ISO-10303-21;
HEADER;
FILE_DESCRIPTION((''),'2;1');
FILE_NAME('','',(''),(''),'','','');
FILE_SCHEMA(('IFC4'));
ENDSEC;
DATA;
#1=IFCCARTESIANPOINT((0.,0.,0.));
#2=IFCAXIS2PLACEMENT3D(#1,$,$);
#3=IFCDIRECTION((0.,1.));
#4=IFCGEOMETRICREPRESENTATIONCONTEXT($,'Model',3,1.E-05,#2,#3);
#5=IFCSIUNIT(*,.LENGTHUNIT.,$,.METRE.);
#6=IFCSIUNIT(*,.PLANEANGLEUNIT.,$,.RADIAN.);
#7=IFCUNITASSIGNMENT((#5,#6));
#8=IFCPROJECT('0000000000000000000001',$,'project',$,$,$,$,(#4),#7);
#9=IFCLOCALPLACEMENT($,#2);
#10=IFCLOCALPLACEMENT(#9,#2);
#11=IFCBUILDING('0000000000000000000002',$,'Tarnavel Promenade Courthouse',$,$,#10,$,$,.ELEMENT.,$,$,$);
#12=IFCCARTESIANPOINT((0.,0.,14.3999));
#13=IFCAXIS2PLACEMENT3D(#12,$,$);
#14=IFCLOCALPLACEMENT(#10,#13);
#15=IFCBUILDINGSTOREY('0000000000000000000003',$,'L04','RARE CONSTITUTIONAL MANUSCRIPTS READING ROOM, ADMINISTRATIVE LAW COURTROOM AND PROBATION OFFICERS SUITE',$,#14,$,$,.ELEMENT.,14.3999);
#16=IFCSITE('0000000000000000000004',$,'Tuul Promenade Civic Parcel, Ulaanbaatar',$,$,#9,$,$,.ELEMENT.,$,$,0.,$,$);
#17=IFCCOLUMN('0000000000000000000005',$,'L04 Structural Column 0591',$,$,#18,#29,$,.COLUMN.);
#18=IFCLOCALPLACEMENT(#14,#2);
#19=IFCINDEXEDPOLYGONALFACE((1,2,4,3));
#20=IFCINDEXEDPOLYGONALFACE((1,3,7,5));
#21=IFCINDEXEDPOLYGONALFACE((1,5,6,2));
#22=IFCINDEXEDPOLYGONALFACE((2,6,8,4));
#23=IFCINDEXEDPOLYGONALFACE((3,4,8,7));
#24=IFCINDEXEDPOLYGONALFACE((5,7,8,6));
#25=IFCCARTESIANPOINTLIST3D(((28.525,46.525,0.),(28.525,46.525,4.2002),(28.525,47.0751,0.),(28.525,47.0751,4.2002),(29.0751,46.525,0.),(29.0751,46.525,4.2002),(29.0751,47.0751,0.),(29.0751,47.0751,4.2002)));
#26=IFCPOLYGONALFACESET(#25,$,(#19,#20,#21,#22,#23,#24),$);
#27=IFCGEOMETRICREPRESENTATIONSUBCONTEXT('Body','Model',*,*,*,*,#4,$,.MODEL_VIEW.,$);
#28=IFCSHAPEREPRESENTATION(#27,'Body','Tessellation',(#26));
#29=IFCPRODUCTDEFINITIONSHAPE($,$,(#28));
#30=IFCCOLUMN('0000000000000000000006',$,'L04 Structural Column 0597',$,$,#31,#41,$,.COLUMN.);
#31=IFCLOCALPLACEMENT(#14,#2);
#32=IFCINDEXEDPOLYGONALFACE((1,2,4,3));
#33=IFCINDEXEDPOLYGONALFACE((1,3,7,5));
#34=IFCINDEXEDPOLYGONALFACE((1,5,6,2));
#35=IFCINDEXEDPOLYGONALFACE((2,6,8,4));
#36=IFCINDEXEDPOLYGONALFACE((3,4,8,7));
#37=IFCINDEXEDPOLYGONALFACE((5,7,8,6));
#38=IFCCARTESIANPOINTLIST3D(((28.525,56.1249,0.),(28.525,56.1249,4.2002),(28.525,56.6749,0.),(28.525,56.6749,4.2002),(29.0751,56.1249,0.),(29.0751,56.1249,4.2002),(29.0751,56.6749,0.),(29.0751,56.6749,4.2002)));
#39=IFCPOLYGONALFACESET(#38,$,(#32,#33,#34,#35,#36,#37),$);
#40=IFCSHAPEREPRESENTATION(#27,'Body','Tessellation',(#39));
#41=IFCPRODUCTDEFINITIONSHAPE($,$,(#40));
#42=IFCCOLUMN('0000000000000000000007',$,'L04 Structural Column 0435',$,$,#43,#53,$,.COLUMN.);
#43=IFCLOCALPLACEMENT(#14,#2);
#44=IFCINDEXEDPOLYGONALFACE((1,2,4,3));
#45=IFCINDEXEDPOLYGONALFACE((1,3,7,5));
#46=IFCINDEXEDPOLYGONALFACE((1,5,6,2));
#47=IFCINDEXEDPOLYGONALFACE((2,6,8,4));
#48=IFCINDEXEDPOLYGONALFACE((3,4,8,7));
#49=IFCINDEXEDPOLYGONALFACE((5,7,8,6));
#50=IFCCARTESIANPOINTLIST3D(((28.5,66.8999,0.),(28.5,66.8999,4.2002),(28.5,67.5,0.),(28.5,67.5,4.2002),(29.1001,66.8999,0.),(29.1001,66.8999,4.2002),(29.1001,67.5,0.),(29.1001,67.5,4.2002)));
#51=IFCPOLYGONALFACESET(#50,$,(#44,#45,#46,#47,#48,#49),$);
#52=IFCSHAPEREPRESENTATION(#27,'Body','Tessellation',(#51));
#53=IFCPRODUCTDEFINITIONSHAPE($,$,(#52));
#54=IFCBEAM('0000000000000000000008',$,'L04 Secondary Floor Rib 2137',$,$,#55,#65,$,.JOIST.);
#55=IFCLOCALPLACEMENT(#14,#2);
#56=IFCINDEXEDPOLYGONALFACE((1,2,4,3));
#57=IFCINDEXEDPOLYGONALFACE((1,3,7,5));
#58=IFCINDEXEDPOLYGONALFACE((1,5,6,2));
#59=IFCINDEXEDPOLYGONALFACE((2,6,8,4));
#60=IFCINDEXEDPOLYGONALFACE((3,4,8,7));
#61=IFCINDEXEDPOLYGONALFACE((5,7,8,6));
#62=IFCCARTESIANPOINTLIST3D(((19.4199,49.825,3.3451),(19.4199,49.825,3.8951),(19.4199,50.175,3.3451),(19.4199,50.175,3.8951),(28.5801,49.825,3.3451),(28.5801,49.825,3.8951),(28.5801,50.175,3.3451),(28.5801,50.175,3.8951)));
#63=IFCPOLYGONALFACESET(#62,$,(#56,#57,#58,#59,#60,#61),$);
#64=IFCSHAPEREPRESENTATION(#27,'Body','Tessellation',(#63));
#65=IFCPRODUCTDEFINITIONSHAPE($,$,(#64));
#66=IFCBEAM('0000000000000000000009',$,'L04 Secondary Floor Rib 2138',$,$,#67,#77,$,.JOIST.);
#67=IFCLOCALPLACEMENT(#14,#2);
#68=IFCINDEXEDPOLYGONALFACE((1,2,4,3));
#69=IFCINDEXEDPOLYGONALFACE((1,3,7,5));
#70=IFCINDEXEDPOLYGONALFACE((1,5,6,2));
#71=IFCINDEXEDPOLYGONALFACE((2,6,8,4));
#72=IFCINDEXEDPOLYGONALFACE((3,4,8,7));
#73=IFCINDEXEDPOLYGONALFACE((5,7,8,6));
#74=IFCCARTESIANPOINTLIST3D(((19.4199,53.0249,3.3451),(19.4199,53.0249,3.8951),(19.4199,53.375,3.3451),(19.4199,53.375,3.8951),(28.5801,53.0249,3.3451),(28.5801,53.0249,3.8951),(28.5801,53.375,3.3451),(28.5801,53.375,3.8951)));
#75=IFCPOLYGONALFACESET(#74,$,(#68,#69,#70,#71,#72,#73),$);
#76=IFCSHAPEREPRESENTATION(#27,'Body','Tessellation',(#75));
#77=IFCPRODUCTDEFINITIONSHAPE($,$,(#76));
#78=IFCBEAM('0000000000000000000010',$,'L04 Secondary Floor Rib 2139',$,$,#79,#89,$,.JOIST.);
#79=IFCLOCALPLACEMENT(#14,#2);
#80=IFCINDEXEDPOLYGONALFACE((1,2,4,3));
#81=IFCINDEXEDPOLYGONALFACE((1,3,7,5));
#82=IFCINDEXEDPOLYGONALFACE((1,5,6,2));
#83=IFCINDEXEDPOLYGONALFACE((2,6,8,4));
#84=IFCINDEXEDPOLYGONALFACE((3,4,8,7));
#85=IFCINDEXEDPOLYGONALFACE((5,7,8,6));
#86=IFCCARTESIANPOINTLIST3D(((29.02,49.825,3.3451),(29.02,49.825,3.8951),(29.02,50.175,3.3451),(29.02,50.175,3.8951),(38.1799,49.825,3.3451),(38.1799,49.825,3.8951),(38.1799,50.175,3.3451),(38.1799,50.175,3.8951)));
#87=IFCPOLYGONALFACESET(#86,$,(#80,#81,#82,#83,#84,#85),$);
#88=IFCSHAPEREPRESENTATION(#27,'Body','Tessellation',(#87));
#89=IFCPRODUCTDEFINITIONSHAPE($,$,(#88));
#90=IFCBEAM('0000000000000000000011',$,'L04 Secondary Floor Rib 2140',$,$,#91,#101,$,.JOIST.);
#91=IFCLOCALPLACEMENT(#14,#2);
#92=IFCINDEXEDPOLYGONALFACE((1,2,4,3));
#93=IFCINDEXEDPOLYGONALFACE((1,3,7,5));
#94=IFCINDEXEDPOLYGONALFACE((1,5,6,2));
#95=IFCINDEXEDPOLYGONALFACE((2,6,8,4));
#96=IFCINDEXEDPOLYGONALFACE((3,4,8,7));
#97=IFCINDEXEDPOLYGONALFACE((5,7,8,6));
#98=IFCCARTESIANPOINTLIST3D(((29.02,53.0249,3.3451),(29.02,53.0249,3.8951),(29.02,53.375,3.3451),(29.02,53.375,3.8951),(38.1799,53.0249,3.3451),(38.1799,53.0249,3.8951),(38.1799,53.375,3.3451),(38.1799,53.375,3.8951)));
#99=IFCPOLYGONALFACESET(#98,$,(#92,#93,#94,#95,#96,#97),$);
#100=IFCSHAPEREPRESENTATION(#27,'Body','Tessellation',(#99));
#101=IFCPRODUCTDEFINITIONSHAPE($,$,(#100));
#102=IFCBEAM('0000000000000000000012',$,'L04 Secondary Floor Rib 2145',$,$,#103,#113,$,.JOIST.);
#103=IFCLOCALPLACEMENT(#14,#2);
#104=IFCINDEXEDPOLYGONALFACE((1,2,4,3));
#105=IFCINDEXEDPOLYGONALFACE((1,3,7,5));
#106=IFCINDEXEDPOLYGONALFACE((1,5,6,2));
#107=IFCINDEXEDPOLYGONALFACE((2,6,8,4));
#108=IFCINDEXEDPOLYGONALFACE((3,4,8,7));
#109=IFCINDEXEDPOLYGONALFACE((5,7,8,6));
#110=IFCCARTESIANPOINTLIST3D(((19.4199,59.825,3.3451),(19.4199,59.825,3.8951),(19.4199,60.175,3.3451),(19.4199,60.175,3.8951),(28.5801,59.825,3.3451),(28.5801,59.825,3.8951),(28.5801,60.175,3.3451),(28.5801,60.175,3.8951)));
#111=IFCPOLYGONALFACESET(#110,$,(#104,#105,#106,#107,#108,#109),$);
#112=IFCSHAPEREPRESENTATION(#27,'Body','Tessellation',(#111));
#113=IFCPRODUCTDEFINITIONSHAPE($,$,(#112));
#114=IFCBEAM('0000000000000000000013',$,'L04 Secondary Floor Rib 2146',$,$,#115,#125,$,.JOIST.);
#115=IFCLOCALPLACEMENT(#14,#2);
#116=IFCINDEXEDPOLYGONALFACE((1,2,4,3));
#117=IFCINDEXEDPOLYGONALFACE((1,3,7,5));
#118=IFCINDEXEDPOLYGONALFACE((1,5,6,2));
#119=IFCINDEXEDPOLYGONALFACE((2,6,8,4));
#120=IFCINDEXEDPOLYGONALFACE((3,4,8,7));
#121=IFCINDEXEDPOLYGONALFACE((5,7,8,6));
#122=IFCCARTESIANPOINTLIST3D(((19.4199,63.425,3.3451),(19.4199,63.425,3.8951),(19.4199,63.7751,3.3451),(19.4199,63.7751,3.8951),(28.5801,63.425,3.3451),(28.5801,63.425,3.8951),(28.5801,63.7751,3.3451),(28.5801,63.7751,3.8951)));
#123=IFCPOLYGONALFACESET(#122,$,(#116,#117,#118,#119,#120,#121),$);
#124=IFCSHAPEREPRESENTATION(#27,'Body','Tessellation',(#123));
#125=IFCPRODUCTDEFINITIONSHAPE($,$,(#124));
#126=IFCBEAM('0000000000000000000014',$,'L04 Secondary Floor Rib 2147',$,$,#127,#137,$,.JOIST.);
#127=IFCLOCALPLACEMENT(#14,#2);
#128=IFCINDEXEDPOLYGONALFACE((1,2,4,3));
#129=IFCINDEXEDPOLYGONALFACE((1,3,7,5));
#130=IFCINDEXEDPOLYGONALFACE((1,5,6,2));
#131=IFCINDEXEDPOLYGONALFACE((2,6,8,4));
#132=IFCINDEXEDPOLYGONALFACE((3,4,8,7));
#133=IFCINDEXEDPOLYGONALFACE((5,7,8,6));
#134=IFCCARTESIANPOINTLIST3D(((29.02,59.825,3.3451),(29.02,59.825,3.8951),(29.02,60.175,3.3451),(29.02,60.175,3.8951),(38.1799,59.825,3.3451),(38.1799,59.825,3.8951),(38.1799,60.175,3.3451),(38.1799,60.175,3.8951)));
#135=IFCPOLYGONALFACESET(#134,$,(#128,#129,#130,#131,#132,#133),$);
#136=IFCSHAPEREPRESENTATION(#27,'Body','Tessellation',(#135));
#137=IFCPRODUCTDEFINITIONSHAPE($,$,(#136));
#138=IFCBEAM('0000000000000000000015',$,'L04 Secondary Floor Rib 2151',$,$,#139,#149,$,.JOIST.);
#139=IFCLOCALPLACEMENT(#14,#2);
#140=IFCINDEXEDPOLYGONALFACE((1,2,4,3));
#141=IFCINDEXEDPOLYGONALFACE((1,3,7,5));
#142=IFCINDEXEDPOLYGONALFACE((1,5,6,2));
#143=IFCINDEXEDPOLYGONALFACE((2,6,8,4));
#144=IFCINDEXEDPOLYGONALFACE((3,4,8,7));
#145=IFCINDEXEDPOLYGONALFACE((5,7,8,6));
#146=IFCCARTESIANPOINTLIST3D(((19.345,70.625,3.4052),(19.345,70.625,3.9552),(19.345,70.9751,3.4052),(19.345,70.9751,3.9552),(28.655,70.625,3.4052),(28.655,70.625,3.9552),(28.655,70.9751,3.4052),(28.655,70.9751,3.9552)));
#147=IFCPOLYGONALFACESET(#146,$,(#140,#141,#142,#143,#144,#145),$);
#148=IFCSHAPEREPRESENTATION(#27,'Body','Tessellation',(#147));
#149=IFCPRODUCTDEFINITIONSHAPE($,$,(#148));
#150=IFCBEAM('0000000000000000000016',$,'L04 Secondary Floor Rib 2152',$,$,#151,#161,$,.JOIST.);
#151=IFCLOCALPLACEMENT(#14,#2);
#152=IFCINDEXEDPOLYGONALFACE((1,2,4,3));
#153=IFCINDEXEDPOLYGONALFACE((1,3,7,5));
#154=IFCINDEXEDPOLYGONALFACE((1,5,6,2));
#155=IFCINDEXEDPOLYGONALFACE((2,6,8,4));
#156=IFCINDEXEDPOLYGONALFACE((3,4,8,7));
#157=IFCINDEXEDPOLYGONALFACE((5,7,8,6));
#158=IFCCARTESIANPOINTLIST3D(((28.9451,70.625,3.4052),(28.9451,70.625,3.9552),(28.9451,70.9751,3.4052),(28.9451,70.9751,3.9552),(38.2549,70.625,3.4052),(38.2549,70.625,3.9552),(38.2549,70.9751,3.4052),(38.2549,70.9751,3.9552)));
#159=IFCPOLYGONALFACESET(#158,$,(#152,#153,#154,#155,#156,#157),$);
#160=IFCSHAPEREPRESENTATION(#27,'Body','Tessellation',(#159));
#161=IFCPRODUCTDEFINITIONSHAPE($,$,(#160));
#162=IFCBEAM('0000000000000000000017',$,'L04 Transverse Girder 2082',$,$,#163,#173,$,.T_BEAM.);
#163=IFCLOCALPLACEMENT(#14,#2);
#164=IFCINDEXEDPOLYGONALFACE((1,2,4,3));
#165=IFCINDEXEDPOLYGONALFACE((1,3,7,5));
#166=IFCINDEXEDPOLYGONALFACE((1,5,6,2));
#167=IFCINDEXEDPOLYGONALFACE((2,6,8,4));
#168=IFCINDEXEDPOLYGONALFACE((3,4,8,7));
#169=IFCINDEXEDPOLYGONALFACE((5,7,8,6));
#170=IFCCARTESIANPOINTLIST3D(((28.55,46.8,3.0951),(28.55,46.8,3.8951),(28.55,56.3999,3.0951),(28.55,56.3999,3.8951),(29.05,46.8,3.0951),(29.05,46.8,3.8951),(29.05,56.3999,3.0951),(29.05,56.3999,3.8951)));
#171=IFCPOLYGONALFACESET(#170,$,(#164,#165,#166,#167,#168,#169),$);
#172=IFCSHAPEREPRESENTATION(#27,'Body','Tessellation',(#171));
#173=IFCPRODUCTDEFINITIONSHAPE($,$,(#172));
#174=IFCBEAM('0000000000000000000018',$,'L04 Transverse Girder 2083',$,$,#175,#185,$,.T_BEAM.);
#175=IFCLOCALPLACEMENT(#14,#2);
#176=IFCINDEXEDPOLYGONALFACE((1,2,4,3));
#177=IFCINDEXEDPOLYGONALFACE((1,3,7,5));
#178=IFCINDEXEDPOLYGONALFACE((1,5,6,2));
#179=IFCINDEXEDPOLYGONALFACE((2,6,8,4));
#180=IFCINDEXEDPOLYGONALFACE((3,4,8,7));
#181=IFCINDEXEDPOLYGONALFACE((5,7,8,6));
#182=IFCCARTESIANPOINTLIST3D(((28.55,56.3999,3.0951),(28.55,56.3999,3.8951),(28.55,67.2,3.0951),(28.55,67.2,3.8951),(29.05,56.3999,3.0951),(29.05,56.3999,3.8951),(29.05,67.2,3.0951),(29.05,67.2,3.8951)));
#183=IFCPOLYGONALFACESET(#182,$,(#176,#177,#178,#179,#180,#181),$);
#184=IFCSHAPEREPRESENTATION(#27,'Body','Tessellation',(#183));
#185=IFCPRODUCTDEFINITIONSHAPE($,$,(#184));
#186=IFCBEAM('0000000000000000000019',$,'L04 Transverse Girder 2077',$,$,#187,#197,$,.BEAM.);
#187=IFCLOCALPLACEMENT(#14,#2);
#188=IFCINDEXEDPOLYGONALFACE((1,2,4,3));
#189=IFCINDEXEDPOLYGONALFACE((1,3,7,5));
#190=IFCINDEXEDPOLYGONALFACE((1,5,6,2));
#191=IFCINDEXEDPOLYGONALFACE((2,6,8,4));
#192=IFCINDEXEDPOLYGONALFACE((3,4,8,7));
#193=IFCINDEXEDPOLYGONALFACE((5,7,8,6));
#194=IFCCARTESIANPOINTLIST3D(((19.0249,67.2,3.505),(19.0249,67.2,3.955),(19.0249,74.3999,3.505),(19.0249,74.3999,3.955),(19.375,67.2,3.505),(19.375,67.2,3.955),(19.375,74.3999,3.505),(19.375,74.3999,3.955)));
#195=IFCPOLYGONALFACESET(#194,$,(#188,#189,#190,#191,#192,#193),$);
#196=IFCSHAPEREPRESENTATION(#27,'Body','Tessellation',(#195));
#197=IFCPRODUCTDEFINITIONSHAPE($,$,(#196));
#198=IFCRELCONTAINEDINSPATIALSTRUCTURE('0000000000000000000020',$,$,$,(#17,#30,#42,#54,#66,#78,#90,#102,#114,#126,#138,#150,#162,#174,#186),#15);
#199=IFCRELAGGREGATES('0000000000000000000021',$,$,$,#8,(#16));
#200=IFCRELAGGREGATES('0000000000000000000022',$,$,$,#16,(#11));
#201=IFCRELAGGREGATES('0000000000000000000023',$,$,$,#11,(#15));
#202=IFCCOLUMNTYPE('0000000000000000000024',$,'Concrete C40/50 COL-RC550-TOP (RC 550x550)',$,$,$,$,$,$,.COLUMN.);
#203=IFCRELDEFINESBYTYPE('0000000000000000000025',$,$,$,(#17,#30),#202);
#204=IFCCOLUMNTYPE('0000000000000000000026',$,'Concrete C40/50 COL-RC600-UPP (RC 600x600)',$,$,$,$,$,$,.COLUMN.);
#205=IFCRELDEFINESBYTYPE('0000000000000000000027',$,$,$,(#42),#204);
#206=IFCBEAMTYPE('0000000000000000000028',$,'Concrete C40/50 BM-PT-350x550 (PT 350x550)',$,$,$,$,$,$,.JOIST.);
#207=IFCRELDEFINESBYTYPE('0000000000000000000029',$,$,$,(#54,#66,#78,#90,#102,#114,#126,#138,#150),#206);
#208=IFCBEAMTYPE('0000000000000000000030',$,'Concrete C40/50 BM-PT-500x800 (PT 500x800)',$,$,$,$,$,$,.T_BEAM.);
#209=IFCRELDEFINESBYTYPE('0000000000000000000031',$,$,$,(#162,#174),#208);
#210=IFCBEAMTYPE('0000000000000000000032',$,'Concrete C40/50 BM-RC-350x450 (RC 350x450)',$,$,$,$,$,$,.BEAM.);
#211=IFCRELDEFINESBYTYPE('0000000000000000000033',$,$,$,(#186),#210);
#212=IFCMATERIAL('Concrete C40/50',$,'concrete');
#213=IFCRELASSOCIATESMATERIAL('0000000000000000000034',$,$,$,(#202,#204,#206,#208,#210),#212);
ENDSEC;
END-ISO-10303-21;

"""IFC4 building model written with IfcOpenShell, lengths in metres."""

from ifc_helpers import new_model, si_unit, direction, frame, origin, origin_2d, place, context, subcontext, project, spatial, rectangle, extrude, material, material_profile, profile_set, type_object, element, save


model = new_model("IFC4")

# Units and contexts
model_context = context("Model", 3, precision=1e-05, world=origin(), true_north=direction((0.0, 1.0)))
body_context = subcontext(model_context, "Body", "Model", "MODEL_VIEW")
ifc_project = project(units=[si_unit("LENGTHUNIT", "METRE"), si_unit("PLANEANGLEUNIT", "RADIAN")], contexts=[model_context])

# Site, building, storey
site_placement = place(None, origin())
site = spatial("IfcSite", under=ifc_project, at=site_placement, Name="Tuul Promenade Civic Parcel, Ulaanbaatar", CompositionType="ELEMENT", RefElevation=0.0)
building_placement = place(site_placement, origin())
building = spatial("IfcBuilding", under=site, at=building_placement, Name="Tarnavel Promenade Courthouse", CompositionType="ELEMENT")
storey_placement = place(building_placement, frame((0.0, 0.0, 14.3999)))
storey = spatial("IfcBuildingStorey", under=building, at=storey_placement, Name="L04", Description="RARE CONSTITUTIONAL MANUSCRIPTS READING ROOM, ADMINISTRATIVE LAW COURTROOM AND PROBATION OFFICERS SUITE", CompositionType="ELEMENT", Elevation=14.3999)

# Columns
ifc_material_1 = material(Name="Concrete C40/50", Category="concrete")
ifc_material_profile_1 = material_profile(ifc_material_1, rectangle(XDim=0.55, YDim=0.55, at=origin_2d()), Name="RC 550x550")
ifc_profile_set_1 = profile_set([ifc_material_profile_1], Name="Concrete C40/50")
column_type_1 = type_object("IfcColumnType", Name="Concrete C40/50 COL-RC550-TOP (RC 550x550)", PredefinedType="COLUMN", material=ifc_profile_set_1)
for number, where, z_axis, x_axis, name in (
    (1, (28.8, 46.8, 0.0), (0.0, 0.0, 1.0), (1.0, 0.0, 0.0), "L04 Structural Column 0591"),
    (2, (28.8, 56.3999, 0.0), (0.0, 0.0, 1.0), (1.0, 0.0, 0.0), "L04 Structural Column 0597"),
):
    element("IfcColumn", number, at=place(storey_placement, frame(where, z_axis=z_axis, x_axis=x_axis)), inside=storey, type_object=column_type_1, Name=name, PredefinedType="COLUMN", context=body_context, shape_type="SweptSolid", body=[
        extrude(rectangle(XDim=0.55, YDim=0.55, at=origin_2d()), origin(), (0.0, 0.0, 1.0), 4.2002),
    ])
ifc_material_profile_2 = material_profile(ifc_material_1, rectangle(XDim=0.6001, YDim=0.6001, at=origin_2d()), Name="RC 600x600")
ifc_profile_set_2 = profile_set([ifc_material_profile_2], Name="Concrete C40/50")
column_type_2 = type_object("IfcColumnType", Name="Concrete C40/50 COL-RC600-UPP (RC 600x600)", PredefinedType="COLUMN", material=ifc_profile_set_2)
column_placement = place(storey_placement, frame((28.8, 67.2, 0.0), z_axis=(0.0, 0.0, 1.0), x_axis=(1.0, 0.0, 0.0)))
element("IfcColumn", 3, at=column_placement, inside=storey, type_object=column_type_2, Name="L04 Structural Column 0435", PredefinedType="COLUMN", context=body_context, shape_type="SweptSolid", body=[
    extrude(rectangle(XDim=0.6001, YDim=0.6001, at=origin_2d()), origin(), (0.0, 0.0, 1.0), 4.2002),
])

# Beams
ifc_material_profile_3 = material_profile(ifc_material_1, rectangle(XDim=0.3501, YDim=0.55, at=origin_2d()), Name="PT 350x550")
ifc_profile_set_3 = profile_set([ifc_material_profile_3], Name="Concrete C40/50")
beam_type_1 = type_object("IfcBeamType", Name="Concrete C40/50 BM-PT-350x550 (PT 350x550)", PredefinedType="JOIST", material=ifc_profile_set_3)
for number, where, z_axis, x_axis, name in (
    (4, (19.4199, 50.0, 3.6201), (1.0, 0.0, 0.0), (0.0, 1.0, 0.0), "L04 Secondary Floor Rib 2137"),
    (5, (19.4199, 53.2, 3.6201), (1.0, 0.0, 0.0), (0.0, 1.0, 0.0), "L04 Secondary Floor Rib 2138"),
):
    element("IfcBeam", number, at=place(storey_placement, frame(where, z_axis=z_axis, x_axis=x_axis)), inside=storey, type_object=beam_type_1, Name=name, PredefinedType="JOIST", context=body_context, shape_type="SweptSolid", body=[
        extrude(rectangle(XDim=0.3501, YDim=0.55, at=origin_2d()), origin(), (0.0, 0.0, 1.0), 9.1602),
    ])
for number, where, z_axis, x_axis, name in (
    (6, (29.02, 50.0, 3.6201), (1.0, 0.0, 0.0), (0.0, 1.0, 0.0), "L04 Secondary Floor Rib 2139"),
    (7, (29.02, 53.2, 3.6201), (1.0, 0.0, 0.0), (0.0, 1.0, 0.0), "L04 Secondary Floor Rib 2140"),
):
    element("IfcBeam", number, at=place(storey_placement, frame(where, z_axis=z_axis, x_axis=x_axis)), inside=storey, type_object=beam_type_1, Name=name, PredefinedType="JOIST", context=body_context, shape_type="SweptSolid", body=[
        extrude(rectangle(XDim=0.3501, YDim=0.55, at=origin_2d()), origin(), (0.0, 0.0, 1.0), 9.1599),
    ])
for number, where, z_axis, x_axis, name in (
    (8, (19.4199, 60.0, 3.6201), (1.0, 0.0, 0.0), (0.0, 1.0, 0.0), "L04 Secondary Floor Rib 2145"),
    (9, (19.4199, 63.6001, 3.6201), (1.0, 0.0, 0.0), (0.0, 1.0, 0.0), "L04 Secondary Floor Rib 2146"),
):
    element("IfcBeam", number, at=place(storey_placement, frame(where, z_axis=z_axis, x_axis=x_axis)), inside=storey, type_object=beam_type_1, Name=name, PredefinedType="JOIST", context=body_context, shape_type="SweptSolid", body=[
        extrude(rectangle(XDim=0.3501, YDim=0.55, at=origin_2d()), origin(), (0.0, 0.0, 1.0), 9.1602),
    ])
beam_1_placement = place(storey_placement, frame((29.02, 60.0, 3.6201), z_axis=(1.0, 0.0, 0.0), x_axis=(0.0, 1.0, 0.0)))
element("IfcBeam", 10, at=beam_1_placement, inside=storey, type_object=beam_type_1, Name="L04 Secondary Floor Rib 2147", PredefinedType="JOIST", context=body_context, shape_type="SweptSolid", body=[
    extrude(rectangle(XDim=0.3501, YDim=0.55, at=origin_2d()), origin(), (0.0, 0.0, 1.0), 9.1599),
])
beam_2_placement = place(storey_placement, frame((19.345, 70.8, 3.6802), z_axis=(1.0, 0.0, 0.0), x_axis=(0.0, 1.0, 0.0)))
element("IfcBeam", 11, at=beam_2_placement, inside=storey, type_object=beam_type_1, Name="L04 Secondary Floor Rib 2151", PredefinedType="JOIST", context=body_context, shape_type="SweptSolid", body=[
    extrude(rectangle(XDim=0.3501, YDim=0.55, at=origin_2d()), origin(), (0.0, 0.0, 1.0), 9.3101),
])
beam_3_placement = place(storey_placement, frame((28.9451, 70.8, 3.6802), z_axis=(1.0, 0.0, 0.0), x_axis=(0.0, 1.0, 0.0)))
element("IfcBeam", 12, at=beam_3_placement, inside=storey, type_object=beam_type_1, Name="L04 Secondary Floor Rib 2152", PredefinedType="JOIST", context=body_context, shape_type="SweptSolid", body=[
    extrude(rectangle(XDim=0.3501, YDim=0.55, at=origin_2d()), origin(), (0.0, 0.0, 1.0), 9.3098),
])
ifc_material_profile_4 = material_profile(ifc_material_1, rectangle(XDim=0.5, YDim=0.8, at=origin_2d()), Name="PT 500x800")
ifc_profile_set_4 = profile_set([ifc_material_profile_4], Name="Concrete C40/50")
beam_type_2 = type_object("IfcBeamType", Name="Concrete C40/50 BM-PT-500x800 (PT 500x800)", PredefinedType="T_BEAM", material=ifc_profile_set_4)
beam_4_placement = place(storey_placement, frame((28.8, 46.8, 3.4951), z_axis=(0.0, 1.0, 0.0), x_axis=(-1.0, 0.0, 0.0)))
element("IfcBeam", 13, at=beam_4_placement, inside=storey, type_object=beam_type_2, Name="L04 Transverse Girder 2082", PredefinedType="T_BEAM", context=body_context, shape_type="SweptSolid", body=[
    extrude(rectangle(XDim=0.5, YDim=0.8, at=origin_2d()), origin(), (0.0, 0.0, 1.0), 9.5999),
])
beam_5_placement = place(storey_placement, frame((28.8, 56.3999, 3.4951), z_axis=(0.0, 1.0, 0.0), x_axis=(-1.0, 0.0, 0.0)))
element("IfcBeam", 14, at=beam_5_placement, inside=storey, type_object=beam_type_2, Name="L04 Transverse Girder 2083", PredefinedType="T_BEAM", context=body_context, shape_type="SweptSolid", body=[
    extrude(rectangle(XDim=0.5, YDim=0.8, at=origin_2d()), origin(), (0.0, 0.0, 1.0), 10.8),
])
ifc_material_profile_5 = material_profile(ifc_material_1, rectangle(XDim=0.3501, YDim=0.45, at=origin_2d()), Name="RC 350x450")
ifc_profile_set_5 = profile_set([ifc_material_profile_5], Name="Concrete C40/50")
beam_type_3 = type_object("IfcBeamType", Name="Concrete C40/50 BM-RC-350x450 (RC 350x450)", PredefinedType="BEAM", material=ifc_profile_set_5)
for number, where, z_axis, x_axis, name in (
    (15, (19.2, 67.2, 3.73), (0.0, 1.0, 0.0), (-1.0, 0.0, 0.0), "L04 Transverse Girder 2077"),
):
    element("IfcBeam", number, at=place(storey_placement, frame(where, z_axis=z_axis, x_axis=x_axis)), inside=storey, type_object=beam_type_3, Name=name, PredefinedType="BEAM", context=body_context, shape_type="SweptSolid", body=[
        extrude(rectangle(XDim=0.3501, YDim=0.45, at=origin_2d()), origin(), (0.0, 0.0, 1.0), 7.2),
    ])

save(model, "model.ifc")
